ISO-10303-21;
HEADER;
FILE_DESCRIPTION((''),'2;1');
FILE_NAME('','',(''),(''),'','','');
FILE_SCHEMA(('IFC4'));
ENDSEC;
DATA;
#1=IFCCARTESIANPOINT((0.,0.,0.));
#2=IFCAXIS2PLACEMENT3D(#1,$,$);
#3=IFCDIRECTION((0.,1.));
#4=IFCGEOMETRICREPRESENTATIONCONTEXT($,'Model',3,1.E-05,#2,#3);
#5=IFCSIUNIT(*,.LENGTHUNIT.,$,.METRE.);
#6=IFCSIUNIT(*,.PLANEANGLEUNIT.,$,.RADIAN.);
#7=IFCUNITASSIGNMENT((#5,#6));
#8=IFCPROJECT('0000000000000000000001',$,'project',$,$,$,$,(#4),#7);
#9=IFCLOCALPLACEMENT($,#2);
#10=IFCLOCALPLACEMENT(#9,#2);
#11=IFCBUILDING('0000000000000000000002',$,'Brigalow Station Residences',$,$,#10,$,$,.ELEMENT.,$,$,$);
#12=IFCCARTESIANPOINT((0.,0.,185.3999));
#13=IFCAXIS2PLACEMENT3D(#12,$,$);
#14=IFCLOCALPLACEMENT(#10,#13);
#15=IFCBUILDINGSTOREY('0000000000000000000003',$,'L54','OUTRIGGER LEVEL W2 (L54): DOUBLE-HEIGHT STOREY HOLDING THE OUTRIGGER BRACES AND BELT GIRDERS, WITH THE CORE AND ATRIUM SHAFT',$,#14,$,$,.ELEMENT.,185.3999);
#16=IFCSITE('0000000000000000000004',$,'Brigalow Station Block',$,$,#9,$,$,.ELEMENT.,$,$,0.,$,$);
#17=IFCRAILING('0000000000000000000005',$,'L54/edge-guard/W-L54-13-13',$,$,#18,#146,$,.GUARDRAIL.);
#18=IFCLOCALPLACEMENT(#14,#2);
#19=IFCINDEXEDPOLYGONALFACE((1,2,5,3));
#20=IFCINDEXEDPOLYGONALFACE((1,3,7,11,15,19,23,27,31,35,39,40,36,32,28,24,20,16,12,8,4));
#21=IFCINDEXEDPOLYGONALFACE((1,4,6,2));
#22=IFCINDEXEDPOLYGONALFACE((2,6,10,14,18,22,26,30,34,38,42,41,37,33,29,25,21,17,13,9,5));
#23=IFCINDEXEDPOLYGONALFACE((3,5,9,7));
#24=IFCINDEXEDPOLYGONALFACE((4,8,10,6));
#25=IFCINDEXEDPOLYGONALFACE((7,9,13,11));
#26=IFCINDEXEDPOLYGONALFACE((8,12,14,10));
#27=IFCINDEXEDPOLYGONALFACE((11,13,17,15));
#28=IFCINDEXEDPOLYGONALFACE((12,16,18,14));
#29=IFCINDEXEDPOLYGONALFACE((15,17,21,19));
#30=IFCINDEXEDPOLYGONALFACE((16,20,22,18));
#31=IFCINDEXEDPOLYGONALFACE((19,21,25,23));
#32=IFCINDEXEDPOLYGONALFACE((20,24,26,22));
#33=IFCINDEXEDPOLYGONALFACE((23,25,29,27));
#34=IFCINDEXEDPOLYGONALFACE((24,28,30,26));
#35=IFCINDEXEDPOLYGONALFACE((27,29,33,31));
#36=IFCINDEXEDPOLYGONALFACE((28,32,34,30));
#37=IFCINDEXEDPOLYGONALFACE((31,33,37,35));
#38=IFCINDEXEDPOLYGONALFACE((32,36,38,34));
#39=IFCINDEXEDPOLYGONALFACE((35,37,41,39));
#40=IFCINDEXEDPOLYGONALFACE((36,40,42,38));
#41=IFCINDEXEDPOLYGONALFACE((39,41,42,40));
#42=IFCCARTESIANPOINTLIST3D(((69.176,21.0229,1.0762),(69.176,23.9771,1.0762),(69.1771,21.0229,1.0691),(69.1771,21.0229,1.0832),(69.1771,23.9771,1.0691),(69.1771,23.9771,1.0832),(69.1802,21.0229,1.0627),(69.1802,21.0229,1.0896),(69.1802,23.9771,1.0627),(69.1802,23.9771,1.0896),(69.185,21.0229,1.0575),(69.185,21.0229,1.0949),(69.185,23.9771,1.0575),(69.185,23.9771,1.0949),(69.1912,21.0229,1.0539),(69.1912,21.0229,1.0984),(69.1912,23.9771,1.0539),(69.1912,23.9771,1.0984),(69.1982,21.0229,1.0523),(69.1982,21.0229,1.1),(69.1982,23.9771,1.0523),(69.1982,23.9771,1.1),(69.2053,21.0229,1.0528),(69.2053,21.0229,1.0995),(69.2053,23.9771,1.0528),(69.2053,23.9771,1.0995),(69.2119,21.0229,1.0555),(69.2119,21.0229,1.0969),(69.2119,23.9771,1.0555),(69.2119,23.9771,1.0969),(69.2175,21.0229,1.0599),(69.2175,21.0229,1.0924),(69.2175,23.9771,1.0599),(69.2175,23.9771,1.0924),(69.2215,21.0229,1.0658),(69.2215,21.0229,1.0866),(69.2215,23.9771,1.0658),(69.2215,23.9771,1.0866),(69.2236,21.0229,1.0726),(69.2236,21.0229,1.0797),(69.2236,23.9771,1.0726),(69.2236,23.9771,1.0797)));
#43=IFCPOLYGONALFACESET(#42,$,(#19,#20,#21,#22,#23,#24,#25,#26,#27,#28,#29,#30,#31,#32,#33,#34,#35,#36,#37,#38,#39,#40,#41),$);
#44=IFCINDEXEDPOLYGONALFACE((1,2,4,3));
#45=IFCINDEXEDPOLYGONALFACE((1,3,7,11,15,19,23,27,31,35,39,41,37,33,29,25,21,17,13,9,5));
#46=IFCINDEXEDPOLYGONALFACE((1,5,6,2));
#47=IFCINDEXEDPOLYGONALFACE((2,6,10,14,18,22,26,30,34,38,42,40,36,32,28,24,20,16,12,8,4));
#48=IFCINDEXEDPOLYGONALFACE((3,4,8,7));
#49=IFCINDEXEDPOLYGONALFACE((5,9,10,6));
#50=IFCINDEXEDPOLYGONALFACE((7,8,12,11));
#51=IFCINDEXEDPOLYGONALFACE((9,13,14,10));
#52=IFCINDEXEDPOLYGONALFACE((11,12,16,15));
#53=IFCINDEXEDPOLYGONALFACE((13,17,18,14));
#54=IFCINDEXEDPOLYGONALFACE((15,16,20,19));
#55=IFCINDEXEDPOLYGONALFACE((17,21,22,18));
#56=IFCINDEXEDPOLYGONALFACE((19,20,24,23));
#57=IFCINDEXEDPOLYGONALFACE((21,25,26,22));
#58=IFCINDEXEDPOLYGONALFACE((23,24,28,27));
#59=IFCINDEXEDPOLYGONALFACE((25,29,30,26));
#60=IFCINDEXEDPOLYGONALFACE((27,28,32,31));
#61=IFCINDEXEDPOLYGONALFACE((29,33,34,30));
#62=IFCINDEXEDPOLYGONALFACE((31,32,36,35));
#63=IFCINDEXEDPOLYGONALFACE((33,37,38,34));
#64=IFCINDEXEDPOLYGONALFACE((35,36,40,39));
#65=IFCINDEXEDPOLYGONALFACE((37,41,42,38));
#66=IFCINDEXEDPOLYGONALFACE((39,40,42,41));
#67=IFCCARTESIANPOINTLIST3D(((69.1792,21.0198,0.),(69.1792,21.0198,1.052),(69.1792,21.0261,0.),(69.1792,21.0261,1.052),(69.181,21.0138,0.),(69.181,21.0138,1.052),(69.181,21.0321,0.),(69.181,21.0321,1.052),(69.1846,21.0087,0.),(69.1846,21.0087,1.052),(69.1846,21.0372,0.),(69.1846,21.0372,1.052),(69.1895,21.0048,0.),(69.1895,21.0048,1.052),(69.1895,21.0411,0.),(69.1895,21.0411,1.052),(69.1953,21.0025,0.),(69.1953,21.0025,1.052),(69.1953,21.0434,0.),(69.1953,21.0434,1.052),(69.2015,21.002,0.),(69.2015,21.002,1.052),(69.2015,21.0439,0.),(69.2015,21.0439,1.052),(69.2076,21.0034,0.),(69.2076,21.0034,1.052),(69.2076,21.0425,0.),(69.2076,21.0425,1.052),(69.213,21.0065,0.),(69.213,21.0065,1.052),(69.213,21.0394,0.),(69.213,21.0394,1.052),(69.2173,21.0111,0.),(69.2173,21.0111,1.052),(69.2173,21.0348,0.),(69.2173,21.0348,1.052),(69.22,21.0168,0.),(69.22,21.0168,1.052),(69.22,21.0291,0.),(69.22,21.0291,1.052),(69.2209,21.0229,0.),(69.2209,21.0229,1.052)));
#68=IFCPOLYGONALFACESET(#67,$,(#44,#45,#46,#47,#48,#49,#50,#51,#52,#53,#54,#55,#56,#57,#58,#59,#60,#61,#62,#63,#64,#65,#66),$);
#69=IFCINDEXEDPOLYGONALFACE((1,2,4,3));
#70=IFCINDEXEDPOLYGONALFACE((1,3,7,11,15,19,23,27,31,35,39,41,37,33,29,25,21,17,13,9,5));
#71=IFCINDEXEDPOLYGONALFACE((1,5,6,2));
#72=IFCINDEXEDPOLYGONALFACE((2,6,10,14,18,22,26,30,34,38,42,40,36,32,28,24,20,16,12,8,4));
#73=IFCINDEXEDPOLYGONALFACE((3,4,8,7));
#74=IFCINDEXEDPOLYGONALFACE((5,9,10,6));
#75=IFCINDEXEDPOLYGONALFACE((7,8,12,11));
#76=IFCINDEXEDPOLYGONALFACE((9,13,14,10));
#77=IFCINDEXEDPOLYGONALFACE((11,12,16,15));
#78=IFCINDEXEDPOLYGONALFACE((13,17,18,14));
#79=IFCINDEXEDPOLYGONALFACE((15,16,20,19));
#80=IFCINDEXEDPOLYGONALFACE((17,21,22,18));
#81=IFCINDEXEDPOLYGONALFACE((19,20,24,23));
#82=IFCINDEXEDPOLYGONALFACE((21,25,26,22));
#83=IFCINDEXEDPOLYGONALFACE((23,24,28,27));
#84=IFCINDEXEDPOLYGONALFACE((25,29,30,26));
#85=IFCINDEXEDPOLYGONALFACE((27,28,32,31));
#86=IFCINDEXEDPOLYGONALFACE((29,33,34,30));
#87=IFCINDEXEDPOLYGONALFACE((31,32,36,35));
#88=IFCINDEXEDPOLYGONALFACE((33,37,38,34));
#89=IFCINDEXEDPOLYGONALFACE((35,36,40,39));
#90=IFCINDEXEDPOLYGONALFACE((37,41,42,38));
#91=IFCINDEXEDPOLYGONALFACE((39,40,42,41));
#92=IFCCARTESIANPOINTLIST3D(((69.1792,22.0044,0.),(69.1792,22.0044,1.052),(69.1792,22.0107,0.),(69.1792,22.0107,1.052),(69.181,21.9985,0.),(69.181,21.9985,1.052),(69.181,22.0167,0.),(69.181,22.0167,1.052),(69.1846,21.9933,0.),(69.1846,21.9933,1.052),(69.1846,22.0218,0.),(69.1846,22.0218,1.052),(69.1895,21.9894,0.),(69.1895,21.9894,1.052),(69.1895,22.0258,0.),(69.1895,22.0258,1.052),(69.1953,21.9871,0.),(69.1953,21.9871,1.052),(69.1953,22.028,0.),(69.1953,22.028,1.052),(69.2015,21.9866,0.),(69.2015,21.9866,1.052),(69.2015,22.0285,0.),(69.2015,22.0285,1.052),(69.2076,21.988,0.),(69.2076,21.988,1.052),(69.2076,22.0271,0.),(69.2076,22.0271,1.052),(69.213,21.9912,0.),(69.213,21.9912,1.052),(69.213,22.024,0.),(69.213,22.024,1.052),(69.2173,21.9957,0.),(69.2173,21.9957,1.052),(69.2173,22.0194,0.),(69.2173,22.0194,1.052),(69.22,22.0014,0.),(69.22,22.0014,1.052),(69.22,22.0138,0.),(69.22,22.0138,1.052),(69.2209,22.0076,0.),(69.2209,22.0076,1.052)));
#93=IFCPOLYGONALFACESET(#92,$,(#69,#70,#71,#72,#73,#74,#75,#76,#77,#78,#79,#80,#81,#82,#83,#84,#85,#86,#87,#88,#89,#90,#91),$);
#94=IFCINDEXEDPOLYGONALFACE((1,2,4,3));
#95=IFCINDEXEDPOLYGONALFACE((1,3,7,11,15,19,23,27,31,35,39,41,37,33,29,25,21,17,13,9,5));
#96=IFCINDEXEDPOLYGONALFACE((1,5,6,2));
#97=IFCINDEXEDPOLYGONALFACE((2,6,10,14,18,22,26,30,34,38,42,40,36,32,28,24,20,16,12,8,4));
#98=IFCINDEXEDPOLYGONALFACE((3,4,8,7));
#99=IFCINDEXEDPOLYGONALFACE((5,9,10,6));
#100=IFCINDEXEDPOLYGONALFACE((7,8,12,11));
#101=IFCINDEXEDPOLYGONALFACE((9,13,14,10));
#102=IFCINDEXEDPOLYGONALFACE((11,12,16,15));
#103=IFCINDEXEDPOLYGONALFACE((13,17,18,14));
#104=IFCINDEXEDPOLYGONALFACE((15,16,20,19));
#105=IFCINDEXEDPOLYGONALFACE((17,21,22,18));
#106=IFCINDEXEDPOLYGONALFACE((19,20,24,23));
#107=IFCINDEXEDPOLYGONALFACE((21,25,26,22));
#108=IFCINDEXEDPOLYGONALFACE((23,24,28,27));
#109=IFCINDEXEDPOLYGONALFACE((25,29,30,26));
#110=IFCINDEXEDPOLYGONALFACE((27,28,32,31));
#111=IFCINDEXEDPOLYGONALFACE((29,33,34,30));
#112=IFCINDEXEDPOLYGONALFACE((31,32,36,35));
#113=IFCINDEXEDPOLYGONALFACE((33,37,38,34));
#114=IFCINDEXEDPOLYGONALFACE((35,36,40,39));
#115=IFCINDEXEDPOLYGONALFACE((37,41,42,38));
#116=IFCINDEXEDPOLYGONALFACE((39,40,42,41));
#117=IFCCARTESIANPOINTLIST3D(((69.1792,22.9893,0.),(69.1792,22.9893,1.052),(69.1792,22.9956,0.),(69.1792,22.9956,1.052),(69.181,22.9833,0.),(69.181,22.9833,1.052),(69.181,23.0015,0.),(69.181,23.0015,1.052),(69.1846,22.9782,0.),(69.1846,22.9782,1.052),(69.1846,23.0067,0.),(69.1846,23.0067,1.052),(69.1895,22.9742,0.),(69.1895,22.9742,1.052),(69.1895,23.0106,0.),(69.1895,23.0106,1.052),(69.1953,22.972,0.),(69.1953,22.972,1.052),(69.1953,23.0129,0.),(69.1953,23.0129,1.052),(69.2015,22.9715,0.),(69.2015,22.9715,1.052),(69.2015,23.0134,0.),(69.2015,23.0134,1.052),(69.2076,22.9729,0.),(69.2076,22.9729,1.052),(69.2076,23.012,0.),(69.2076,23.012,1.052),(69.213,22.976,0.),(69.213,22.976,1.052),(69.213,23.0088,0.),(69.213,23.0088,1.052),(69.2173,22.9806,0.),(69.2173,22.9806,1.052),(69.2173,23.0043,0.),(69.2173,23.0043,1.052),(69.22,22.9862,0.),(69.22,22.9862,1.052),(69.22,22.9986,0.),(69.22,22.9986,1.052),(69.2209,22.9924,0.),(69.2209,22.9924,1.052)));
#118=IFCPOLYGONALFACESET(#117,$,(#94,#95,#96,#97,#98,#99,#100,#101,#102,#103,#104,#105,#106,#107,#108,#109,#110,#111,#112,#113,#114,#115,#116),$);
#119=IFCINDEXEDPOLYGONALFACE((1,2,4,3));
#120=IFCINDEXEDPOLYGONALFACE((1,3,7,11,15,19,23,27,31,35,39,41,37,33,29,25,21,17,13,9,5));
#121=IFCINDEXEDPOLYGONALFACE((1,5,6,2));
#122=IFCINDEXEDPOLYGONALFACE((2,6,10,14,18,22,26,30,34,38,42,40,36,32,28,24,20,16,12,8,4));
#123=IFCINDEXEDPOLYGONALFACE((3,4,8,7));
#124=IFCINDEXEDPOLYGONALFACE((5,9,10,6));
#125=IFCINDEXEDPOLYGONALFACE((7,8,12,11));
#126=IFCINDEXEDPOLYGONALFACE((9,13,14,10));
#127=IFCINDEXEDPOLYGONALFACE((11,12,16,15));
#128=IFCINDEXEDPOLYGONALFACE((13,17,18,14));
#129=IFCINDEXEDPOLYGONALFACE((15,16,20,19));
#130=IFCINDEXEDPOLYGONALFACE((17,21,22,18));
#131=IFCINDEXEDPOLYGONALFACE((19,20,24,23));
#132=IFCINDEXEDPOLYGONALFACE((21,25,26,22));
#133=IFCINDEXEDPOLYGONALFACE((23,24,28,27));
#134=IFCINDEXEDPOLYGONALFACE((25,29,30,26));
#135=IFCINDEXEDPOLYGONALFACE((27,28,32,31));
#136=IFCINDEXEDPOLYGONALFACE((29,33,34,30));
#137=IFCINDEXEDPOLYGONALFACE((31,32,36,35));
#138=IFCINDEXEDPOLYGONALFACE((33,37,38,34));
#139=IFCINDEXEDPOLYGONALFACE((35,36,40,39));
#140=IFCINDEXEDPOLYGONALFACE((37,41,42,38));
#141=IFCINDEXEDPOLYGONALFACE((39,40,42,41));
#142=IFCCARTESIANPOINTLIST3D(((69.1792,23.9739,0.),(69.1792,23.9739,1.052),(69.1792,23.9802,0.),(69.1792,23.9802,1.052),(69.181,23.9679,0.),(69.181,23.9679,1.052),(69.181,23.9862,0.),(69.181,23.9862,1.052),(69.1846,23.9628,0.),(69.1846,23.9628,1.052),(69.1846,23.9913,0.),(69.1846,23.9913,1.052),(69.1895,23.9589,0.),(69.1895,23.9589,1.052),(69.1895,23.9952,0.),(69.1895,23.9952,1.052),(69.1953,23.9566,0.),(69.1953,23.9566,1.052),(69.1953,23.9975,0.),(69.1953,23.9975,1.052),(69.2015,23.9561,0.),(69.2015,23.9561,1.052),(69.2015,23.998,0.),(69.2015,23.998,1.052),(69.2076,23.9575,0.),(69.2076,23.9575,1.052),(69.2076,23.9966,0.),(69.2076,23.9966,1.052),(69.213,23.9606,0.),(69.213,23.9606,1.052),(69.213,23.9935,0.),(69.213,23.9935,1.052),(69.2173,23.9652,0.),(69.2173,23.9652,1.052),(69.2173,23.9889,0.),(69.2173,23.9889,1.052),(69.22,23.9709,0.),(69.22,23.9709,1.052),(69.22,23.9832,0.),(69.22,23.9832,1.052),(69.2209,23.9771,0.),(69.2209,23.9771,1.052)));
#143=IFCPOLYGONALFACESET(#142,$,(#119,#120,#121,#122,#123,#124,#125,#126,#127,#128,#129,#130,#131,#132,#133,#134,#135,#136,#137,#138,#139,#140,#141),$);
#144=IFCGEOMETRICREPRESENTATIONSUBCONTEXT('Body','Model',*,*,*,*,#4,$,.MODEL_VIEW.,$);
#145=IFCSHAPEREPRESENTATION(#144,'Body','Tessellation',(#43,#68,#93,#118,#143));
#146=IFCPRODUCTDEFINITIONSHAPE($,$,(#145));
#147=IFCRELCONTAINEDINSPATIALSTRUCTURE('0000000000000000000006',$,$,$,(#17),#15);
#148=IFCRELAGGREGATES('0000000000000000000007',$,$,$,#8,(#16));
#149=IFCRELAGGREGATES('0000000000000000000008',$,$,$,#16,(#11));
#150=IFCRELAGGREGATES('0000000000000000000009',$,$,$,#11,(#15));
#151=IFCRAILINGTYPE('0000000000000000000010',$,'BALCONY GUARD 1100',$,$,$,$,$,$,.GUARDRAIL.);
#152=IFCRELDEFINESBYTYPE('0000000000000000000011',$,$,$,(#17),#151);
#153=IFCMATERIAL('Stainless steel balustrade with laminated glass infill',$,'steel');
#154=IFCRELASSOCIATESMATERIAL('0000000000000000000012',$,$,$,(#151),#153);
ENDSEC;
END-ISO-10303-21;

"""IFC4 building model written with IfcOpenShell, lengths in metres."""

from ifc_helpers import new_model, si_unit, direction, frame, origin, origin_2d, place, context, subcontext, project, spatial, circle, extrude, material, type_object, element, save


model = new_model("IFC4")

# Units and contexts
model_context = context("Model", 3, precision=1e-05, world=origin(), true_north=direction((0.0, 1.0)))
body_context = subcontext(model_context, "Body", "Model", "MODEL_VIEW")
ifc_project = project(units=[si_unit("LENGTHUNIT", "METRE"), si_unit("PLANEANGLEUNIT", "RADIAN")], contexts=[model_context])

# Site, building, storey
site_placement = place(None, origin())
site = spatial("IfcSite", under=ifc_project, at=site_placement, Name="Brigalow Station Block", CompositionType="ELEMENT", RefElevation=0.0)
building_placement = place(site_placement, origin())
building = spatial("IfcBuilding", under=site, at=building_placement, Name="Brigalow Station Residences", CompositionType="ELEMENT")
storey_placement = place(building_placement, frame((0.0, 0.0, 185.3999)))
storey = spatial("IfcBuildingStorey", under=building, at=storey_placement, Name="L54", Description="OUTRIGGER LEVEL W2 (L54): DOUBLE-HEIGHT STOREY HOLDING THE OUTRIGGER BRACES AND BELT GIRDERS, WITH THE CORE AND ATRIUM SHAFT", CompositionType="ELEMENT", Elevation=185.3999)

# Railing
ifc_material_1 = material(Name="Stainless steel balustrade with laminated glass infill", Category="steel")
railing_type = type_object("IfcRailingType", Name="BALCONY GUARD 1100", PredefinedType="GUARDRAIL", material=ifc_material_1)
for number, where, name in (
    (1, (69.2, 21.0229, 0.0), "L54/edge-guard/W-L54-13-13"),
):
    element("IfcRailing", number, at=place(storey_placement, frame(where)), inside=storey, type_object=railing_type, Name=name, PredefinedType="GUARDRAIL", context=body_context, shape_type="SweptSolid", body=[
        extrude(circle(Radius=0.0239, at=origin_2d()), frame((0.0, 0.0, 1.0762), z_axis=(0.0, 1.0, 0.0), x_axis=(-1.0, 0.0, 0.0)), (0.0, 0.0, 1.0), 2.9541),
        extrude(circle(Radius=0.021, at=origin_2d()), origin(), (0.0, 0.0, 1.0), 1.052),
        extrude(circle(Radius=0.021, at=origin_2d()), frame((0.0, 0.9846, 0.0)), (0.0, 0.0, 1.0), 1.052),
        extrude(circle(Radius=0.021, at=origin_2d()), frame((0.0, 1.9695, 0.0)), (0.0, 0.0, 1.0), 1.052),
        extrude(circle(Radius=0.021, at=origin_2d()), frame((0.0, 2.9541, 0.0)), (0.0, 0.0, 1.0), 1.052),
    ])

save(model, "model.ifc")
